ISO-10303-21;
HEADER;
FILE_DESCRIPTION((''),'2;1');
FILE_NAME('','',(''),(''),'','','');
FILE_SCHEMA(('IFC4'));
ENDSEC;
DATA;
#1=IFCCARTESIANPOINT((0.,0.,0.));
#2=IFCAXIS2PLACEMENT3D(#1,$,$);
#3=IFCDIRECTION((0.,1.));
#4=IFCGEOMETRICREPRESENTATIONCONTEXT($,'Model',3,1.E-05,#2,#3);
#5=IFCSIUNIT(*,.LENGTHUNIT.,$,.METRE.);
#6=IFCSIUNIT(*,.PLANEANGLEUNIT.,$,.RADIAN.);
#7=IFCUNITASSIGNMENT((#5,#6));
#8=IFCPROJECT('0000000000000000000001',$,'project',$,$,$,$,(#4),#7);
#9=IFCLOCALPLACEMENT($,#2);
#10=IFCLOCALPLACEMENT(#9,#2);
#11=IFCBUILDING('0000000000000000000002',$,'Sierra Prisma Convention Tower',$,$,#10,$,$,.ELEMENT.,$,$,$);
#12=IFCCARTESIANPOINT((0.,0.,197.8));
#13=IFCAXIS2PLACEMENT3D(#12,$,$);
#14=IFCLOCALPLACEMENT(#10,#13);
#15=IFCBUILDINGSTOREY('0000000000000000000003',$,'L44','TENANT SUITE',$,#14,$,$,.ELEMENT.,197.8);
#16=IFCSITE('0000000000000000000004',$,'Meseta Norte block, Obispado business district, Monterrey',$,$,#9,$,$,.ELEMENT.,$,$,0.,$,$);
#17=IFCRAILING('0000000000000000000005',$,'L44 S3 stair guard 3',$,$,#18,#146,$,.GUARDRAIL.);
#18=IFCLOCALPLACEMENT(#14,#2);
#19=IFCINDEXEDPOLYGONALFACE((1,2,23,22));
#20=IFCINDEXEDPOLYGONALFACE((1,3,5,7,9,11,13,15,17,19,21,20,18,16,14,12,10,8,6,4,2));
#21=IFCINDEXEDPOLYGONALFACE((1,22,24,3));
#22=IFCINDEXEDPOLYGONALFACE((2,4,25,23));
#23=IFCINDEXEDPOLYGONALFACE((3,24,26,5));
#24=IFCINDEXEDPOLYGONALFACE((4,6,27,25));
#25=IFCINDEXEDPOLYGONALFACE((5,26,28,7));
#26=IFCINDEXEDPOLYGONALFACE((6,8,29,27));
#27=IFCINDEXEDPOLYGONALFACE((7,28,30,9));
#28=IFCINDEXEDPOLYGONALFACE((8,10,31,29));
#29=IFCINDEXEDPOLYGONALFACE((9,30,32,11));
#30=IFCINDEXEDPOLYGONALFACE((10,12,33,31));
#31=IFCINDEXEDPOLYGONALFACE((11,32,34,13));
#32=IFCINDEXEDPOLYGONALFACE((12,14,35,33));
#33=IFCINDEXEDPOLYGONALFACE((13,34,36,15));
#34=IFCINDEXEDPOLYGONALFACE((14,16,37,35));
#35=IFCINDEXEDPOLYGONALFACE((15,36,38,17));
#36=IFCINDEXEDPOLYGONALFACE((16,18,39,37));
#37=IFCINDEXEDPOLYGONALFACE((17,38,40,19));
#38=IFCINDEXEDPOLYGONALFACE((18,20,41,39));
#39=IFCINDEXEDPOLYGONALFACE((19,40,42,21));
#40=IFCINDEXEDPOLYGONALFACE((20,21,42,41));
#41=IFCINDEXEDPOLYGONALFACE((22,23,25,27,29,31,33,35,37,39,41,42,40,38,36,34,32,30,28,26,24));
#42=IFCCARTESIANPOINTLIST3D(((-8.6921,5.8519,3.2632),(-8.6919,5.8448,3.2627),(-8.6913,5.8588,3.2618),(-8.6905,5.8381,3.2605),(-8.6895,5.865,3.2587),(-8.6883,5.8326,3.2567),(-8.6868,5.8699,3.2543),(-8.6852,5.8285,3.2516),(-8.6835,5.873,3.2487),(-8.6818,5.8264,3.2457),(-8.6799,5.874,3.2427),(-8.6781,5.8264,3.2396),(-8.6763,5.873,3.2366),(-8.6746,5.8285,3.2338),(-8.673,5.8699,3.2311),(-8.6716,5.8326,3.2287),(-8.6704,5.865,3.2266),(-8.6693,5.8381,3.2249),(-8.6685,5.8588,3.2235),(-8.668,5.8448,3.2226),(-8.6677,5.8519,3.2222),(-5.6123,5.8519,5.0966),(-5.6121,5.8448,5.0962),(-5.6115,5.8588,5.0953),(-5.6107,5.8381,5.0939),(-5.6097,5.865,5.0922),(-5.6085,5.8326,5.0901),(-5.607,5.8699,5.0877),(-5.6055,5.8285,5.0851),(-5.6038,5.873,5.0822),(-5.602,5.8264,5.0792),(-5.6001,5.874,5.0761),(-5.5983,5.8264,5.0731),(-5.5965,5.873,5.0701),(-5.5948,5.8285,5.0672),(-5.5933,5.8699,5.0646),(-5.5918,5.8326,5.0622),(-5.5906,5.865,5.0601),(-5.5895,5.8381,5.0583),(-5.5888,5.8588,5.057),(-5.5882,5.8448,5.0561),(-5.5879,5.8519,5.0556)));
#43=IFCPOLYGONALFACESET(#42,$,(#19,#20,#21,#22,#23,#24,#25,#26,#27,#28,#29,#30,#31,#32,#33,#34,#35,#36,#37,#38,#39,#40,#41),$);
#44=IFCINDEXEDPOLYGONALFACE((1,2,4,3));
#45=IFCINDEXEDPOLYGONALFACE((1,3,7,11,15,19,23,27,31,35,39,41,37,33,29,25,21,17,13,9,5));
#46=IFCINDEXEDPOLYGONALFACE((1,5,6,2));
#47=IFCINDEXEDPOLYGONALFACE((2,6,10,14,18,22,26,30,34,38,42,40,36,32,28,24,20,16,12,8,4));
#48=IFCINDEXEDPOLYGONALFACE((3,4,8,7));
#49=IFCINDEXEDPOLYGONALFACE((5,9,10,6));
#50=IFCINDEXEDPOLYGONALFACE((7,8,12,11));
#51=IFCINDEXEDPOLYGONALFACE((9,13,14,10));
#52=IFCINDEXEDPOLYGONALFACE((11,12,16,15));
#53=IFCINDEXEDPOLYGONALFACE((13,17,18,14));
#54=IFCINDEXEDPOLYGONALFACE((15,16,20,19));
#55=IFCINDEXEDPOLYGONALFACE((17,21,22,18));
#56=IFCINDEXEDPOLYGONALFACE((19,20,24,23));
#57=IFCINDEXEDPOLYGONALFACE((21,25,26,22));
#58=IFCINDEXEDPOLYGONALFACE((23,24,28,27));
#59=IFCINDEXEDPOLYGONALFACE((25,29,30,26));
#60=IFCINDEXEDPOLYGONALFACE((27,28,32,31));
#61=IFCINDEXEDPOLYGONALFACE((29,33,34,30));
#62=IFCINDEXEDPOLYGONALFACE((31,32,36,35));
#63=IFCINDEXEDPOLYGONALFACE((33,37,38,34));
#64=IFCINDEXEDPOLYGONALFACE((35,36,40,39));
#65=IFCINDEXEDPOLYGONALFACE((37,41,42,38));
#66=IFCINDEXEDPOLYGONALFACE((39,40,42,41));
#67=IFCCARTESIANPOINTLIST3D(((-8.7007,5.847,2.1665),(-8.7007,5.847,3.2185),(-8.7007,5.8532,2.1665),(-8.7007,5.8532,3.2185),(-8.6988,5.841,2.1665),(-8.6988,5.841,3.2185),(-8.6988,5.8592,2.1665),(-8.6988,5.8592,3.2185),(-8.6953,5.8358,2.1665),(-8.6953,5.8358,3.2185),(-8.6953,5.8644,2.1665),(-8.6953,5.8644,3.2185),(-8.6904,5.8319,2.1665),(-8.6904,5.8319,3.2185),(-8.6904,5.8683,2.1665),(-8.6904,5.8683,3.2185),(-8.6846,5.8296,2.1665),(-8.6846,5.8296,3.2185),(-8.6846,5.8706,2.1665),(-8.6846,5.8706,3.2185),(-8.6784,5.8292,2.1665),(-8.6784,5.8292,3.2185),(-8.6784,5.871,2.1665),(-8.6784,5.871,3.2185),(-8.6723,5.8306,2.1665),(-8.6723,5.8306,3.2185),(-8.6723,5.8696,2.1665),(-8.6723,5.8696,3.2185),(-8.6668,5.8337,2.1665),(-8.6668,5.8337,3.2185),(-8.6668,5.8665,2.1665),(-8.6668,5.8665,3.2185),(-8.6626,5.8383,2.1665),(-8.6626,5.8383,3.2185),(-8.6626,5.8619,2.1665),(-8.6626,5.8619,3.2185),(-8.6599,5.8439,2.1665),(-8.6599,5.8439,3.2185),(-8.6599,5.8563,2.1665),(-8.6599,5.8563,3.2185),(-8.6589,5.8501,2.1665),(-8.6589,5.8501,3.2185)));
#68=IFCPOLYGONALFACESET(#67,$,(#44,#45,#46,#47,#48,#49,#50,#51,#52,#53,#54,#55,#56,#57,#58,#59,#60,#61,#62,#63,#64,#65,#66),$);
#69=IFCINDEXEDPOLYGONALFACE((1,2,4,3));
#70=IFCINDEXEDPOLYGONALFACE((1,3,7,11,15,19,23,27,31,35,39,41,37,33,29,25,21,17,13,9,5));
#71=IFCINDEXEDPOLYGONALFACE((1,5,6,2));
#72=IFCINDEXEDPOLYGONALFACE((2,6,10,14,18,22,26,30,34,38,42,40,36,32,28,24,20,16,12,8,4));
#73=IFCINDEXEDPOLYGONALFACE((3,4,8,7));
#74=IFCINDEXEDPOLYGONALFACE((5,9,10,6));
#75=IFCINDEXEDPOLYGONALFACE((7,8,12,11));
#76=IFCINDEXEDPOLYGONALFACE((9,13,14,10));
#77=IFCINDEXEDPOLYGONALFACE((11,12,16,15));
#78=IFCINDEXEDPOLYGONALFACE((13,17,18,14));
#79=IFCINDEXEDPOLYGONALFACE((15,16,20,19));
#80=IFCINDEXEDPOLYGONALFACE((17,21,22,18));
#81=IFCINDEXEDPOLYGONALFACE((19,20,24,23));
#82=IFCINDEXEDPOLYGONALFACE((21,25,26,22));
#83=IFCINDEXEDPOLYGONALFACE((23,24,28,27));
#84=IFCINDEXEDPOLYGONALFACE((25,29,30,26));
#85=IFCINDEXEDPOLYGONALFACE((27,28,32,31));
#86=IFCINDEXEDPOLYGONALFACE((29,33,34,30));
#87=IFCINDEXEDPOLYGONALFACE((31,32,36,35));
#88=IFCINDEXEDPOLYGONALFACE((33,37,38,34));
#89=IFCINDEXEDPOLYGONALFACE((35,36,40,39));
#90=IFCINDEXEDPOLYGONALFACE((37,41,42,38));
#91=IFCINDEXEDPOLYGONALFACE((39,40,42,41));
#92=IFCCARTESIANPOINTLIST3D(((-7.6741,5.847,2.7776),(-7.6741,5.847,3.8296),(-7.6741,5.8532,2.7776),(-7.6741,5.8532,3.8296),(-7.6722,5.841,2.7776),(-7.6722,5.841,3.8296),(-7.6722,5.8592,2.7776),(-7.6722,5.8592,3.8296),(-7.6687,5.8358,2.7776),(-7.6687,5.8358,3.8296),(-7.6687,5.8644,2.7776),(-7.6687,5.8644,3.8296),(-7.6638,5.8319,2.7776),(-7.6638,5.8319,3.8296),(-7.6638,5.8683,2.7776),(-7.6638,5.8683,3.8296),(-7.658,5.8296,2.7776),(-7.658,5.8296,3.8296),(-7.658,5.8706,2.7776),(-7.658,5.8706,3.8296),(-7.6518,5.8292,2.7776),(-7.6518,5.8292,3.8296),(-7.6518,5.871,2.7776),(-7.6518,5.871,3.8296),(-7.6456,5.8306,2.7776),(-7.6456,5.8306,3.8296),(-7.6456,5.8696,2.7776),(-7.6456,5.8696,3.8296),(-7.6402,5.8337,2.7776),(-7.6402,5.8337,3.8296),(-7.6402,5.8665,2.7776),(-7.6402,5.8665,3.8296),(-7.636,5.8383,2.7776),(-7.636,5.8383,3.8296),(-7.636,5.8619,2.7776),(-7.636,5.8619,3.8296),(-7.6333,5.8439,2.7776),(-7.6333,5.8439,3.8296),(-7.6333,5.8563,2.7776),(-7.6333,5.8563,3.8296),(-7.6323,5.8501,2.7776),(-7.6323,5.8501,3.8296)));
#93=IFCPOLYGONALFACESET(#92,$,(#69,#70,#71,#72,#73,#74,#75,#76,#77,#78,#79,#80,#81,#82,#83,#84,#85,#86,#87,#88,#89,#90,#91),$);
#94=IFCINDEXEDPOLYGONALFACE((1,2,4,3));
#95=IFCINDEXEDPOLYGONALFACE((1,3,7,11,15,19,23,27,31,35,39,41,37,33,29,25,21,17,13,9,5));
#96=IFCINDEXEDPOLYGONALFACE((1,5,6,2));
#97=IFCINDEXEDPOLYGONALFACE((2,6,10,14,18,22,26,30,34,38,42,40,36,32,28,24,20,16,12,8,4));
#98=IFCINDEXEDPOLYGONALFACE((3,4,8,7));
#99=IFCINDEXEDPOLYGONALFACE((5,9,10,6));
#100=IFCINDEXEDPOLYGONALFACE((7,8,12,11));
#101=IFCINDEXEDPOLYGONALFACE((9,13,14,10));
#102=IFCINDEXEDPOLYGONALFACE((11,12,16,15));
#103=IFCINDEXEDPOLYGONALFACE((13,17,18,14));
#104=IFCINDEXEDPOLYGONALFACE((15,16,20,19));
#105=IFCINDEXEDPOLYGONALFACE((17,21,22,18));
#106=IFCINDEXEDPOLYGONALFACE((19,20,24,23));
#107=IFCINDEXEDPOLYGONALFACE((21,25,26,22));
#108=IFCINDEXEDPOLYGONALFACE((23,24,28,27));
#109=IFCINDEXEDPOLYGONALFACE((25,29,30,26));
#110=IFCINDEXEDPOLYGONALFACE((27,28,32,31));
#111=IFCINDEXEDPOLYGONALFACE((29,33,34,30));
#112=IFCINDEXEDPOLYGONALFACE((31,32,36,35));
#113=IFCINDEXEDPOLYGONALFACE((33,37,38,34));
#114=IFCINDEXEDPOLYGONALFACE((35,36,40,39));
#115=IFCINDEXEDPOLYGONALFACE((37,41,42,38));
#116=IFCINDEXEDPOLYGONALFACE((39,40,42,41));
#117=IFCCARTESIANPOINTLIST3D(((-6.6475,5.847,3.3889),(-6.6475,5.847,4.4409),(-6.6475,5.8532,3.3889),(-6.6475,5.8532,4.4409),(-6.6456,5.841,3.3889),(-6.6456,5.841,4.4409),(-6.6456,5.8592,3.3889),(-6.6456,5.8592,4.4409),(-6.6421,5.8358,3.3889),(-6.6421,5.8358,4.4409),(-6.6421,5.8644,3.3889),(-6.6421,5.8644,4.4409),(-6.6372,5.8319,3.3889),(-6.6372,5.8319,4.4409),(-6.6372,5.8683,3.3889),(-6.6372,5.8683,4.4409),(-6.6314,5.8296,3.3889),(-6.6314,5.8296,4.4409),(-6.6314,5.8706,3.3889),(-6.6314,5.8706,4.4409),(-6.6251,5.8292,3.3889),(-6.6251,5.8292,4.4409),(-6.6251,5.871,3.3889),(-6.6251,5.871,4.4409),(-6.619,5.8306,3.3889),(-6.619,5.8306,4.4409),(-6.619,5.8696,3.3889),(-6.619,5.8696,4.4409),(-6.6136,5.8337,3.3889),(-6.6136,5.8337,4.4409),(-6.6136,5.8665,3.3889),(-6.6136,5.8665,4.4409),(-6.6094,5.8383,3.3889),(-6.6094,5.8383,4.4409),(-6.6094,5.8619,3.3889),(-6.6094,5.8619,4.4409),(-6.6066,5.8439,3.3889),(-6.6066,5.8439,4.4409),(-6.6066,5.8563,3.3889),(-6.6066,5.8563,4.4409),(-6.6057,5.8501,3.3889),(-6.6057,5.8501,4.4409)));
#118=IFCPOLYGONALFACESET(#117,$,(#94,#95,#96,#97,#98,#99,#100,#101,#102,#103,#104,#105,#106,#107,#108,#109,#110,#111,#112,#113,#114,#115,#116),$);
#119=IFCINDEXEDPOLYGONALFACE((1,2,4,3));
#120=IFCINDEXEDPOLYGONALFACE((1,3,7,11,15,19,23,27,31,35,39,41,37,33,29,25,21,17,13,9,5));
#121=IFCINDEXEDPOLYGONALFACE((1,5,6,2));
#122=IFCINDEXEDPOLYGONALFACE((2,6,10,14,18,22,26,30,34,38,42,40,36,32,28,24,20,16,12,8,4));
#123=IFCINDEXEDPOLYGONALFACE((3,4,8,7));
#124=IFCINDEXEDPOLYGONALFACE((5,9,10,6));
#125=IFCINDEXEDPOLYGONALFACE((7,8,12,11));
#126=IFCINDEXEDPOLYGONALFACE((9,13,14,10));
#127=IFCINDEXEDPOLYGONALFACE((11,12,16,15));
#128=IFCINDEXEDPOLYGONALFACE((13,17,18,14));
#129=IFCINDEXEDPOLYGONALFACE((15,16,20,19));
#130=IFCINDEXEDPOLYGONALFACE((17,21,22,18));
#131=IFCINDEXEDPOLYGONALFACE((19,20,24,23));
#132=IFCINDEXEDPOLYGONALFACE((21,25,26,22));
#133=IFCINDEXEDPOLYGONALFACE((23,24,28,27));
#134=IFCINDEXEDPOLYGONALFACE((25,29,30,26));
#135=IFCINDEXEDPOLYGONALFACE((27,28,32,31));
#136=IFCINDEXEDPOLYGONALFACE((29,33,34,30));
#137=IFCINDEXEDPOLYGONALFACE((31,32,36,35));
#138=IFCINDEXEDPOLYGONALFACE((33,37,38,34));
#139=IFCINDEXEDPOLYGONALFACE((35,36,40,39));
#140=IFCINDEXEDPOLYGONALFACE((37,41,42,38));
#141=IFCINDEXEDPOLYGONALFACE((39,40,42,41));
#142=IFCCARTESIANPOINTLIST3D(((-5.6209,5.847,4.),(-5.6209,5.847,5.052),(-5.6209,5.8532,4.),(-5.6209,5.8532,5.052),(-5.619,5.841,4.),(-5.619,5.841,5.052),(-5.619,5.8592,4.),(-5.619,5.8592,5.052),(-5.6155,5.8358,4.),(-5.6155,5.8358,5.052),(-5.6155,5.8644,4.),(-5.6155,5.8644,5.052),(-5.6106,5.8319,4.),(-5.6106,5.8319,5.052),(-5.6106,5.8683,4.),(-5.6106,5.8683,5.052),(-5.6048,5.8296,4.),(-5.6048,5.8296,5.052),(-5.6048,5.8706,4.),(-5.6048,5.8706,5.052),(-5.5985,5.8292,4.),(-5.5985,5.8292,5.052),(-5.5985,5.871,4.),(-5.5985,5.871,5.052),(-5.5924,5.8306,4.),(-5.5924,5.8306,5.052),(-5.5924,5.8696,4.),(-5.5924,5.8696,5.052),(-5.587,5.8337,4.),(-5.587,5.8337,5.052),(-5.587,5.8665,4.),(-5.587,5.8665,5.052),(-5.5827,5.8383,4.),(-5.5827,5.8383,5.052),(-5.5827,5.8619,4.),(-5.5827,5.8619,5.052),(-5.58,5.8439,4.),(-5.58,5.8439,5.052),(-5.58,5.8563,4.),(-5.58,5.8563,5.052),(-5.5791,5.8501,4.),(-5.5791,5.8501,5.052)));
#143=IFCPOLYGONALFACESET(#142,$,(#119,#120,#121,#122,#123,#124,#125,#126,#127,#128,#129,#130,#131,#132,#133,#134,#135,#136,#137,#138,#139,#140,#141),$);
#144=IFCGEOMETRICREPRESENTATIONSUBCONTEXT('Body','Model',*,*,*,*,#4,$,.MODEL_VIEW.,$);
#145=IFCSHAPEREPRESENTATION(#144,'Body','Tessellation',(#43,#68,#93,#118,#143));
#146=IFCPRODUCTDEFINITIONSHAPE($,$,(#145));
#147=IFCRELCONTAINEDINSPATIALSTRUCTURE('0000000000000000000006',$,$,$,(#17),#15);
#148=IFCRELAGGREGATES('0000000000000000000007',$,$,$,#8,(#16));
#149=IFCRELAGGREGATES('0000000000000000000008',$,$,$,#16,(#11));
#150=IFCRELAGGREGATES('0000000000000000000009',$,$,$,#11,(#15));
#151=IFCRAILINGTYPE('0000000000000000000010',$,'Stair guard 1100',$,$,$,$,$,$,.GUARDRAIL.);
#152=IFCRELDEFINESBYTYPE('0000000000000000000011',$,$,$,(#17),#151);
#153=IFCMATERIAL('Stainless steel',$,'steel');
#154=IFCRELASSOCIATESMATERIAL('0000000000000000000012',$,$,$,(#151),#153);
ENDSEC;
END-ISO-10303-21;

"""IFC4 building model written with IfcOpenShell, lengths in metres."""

from ifc_helpers import new_model, si_unit, direction, frame, origin, origin_2d, place, context, subcontext, project, spatial, circle, extrude, material, type_object, element, save


model = new_model("IFC4")

# Units and contexts
model_context = context("Model", 3, precision=1e-05, world=origin(), true_north=direction((0.0, 1.0)))
body_context = subcontext(model_context, "Body", "Model", "MODEL_VIEW")
ifc_project = project(units=[si_unit("LENGTHUNIT", "METRE"), si_unit("PLANEANGLEUNIT", "RADIAN")], contexts=[model_context])

# Site, building, storey
site_placement = place(None, origin())
site = spatial("IfcSite", under=ifc_project, at=site_placement, Name="Meseta Norte block, Obispado business district, Monterrey", CompositionType="ELEMENT", RefElevation=0.0)
building_placement = place(site_placement, origin())
building = spatial("IfcBuilding", under=site, at=building_placement, Name="Sierra Prisma Convention Tower", CompositionType="ELEMENT")
storey_placement = place(building_placement, frame((0.0, 0.0, 197.8)))
storey = spatial("IfcBuildingStorey", under=building, at=storey_placement, Name="L44", Description="TENANT SUITE", CompositionType="ELEMENT", Elevation=197.8)

# Railing
ifc_material_1 = material(Name="Stainless steel", Category="steel")
railing_type_1 = type_object("IfcRailingType", Name="Stair guard 1100", PredefinedType="GUARDRAIL", material=ifc_material_1)
railing_1_placement = place(storey_placement, frame((-8.6799, 5.8501, 2.1665)))
element("IfcRailing", 1, at=railing_1_placement, inside=storey, type_object=railing_type_1, Name="L44 S3 stair guard 3", PredefinedType="GUARDRAIL", context=body_context, shape_type="SweptSolid", body=[
    extrude(circle(Radius=0.0239, at=origin_2d()), frame((0.0, 0.0, 1.0762), z_axis=(0.859261, 0.0, 0.511538), x_axis=(0.0, 1.0, 0.0)), (0.0, 0.0, 1.0), 3.5842),
    extrude(circle(Radius=0.021, at=origin_2d()), origin(), (0.0, 0.0, 1.0), 1.052),
    extrude(circle(Radius=0.021, at=origin_2d()), frame((1.0266, 0.0, 0.6111)), (0.0, 0.0, 1.0), 1.052),
    extrude(circle(Radius=0.021, at=origin_2d()), frame((2.0532, 0.0, 1.2224)), (0.0, 0.0, 1.0), 1.052),
    extrude(circle(Radius=0.021, at=origin_2d()), frame((3.0798, 0.0, 1.8335)), (0.0, 0.0, 1.0), 1.052),
])

save(model, "model.ifc")
